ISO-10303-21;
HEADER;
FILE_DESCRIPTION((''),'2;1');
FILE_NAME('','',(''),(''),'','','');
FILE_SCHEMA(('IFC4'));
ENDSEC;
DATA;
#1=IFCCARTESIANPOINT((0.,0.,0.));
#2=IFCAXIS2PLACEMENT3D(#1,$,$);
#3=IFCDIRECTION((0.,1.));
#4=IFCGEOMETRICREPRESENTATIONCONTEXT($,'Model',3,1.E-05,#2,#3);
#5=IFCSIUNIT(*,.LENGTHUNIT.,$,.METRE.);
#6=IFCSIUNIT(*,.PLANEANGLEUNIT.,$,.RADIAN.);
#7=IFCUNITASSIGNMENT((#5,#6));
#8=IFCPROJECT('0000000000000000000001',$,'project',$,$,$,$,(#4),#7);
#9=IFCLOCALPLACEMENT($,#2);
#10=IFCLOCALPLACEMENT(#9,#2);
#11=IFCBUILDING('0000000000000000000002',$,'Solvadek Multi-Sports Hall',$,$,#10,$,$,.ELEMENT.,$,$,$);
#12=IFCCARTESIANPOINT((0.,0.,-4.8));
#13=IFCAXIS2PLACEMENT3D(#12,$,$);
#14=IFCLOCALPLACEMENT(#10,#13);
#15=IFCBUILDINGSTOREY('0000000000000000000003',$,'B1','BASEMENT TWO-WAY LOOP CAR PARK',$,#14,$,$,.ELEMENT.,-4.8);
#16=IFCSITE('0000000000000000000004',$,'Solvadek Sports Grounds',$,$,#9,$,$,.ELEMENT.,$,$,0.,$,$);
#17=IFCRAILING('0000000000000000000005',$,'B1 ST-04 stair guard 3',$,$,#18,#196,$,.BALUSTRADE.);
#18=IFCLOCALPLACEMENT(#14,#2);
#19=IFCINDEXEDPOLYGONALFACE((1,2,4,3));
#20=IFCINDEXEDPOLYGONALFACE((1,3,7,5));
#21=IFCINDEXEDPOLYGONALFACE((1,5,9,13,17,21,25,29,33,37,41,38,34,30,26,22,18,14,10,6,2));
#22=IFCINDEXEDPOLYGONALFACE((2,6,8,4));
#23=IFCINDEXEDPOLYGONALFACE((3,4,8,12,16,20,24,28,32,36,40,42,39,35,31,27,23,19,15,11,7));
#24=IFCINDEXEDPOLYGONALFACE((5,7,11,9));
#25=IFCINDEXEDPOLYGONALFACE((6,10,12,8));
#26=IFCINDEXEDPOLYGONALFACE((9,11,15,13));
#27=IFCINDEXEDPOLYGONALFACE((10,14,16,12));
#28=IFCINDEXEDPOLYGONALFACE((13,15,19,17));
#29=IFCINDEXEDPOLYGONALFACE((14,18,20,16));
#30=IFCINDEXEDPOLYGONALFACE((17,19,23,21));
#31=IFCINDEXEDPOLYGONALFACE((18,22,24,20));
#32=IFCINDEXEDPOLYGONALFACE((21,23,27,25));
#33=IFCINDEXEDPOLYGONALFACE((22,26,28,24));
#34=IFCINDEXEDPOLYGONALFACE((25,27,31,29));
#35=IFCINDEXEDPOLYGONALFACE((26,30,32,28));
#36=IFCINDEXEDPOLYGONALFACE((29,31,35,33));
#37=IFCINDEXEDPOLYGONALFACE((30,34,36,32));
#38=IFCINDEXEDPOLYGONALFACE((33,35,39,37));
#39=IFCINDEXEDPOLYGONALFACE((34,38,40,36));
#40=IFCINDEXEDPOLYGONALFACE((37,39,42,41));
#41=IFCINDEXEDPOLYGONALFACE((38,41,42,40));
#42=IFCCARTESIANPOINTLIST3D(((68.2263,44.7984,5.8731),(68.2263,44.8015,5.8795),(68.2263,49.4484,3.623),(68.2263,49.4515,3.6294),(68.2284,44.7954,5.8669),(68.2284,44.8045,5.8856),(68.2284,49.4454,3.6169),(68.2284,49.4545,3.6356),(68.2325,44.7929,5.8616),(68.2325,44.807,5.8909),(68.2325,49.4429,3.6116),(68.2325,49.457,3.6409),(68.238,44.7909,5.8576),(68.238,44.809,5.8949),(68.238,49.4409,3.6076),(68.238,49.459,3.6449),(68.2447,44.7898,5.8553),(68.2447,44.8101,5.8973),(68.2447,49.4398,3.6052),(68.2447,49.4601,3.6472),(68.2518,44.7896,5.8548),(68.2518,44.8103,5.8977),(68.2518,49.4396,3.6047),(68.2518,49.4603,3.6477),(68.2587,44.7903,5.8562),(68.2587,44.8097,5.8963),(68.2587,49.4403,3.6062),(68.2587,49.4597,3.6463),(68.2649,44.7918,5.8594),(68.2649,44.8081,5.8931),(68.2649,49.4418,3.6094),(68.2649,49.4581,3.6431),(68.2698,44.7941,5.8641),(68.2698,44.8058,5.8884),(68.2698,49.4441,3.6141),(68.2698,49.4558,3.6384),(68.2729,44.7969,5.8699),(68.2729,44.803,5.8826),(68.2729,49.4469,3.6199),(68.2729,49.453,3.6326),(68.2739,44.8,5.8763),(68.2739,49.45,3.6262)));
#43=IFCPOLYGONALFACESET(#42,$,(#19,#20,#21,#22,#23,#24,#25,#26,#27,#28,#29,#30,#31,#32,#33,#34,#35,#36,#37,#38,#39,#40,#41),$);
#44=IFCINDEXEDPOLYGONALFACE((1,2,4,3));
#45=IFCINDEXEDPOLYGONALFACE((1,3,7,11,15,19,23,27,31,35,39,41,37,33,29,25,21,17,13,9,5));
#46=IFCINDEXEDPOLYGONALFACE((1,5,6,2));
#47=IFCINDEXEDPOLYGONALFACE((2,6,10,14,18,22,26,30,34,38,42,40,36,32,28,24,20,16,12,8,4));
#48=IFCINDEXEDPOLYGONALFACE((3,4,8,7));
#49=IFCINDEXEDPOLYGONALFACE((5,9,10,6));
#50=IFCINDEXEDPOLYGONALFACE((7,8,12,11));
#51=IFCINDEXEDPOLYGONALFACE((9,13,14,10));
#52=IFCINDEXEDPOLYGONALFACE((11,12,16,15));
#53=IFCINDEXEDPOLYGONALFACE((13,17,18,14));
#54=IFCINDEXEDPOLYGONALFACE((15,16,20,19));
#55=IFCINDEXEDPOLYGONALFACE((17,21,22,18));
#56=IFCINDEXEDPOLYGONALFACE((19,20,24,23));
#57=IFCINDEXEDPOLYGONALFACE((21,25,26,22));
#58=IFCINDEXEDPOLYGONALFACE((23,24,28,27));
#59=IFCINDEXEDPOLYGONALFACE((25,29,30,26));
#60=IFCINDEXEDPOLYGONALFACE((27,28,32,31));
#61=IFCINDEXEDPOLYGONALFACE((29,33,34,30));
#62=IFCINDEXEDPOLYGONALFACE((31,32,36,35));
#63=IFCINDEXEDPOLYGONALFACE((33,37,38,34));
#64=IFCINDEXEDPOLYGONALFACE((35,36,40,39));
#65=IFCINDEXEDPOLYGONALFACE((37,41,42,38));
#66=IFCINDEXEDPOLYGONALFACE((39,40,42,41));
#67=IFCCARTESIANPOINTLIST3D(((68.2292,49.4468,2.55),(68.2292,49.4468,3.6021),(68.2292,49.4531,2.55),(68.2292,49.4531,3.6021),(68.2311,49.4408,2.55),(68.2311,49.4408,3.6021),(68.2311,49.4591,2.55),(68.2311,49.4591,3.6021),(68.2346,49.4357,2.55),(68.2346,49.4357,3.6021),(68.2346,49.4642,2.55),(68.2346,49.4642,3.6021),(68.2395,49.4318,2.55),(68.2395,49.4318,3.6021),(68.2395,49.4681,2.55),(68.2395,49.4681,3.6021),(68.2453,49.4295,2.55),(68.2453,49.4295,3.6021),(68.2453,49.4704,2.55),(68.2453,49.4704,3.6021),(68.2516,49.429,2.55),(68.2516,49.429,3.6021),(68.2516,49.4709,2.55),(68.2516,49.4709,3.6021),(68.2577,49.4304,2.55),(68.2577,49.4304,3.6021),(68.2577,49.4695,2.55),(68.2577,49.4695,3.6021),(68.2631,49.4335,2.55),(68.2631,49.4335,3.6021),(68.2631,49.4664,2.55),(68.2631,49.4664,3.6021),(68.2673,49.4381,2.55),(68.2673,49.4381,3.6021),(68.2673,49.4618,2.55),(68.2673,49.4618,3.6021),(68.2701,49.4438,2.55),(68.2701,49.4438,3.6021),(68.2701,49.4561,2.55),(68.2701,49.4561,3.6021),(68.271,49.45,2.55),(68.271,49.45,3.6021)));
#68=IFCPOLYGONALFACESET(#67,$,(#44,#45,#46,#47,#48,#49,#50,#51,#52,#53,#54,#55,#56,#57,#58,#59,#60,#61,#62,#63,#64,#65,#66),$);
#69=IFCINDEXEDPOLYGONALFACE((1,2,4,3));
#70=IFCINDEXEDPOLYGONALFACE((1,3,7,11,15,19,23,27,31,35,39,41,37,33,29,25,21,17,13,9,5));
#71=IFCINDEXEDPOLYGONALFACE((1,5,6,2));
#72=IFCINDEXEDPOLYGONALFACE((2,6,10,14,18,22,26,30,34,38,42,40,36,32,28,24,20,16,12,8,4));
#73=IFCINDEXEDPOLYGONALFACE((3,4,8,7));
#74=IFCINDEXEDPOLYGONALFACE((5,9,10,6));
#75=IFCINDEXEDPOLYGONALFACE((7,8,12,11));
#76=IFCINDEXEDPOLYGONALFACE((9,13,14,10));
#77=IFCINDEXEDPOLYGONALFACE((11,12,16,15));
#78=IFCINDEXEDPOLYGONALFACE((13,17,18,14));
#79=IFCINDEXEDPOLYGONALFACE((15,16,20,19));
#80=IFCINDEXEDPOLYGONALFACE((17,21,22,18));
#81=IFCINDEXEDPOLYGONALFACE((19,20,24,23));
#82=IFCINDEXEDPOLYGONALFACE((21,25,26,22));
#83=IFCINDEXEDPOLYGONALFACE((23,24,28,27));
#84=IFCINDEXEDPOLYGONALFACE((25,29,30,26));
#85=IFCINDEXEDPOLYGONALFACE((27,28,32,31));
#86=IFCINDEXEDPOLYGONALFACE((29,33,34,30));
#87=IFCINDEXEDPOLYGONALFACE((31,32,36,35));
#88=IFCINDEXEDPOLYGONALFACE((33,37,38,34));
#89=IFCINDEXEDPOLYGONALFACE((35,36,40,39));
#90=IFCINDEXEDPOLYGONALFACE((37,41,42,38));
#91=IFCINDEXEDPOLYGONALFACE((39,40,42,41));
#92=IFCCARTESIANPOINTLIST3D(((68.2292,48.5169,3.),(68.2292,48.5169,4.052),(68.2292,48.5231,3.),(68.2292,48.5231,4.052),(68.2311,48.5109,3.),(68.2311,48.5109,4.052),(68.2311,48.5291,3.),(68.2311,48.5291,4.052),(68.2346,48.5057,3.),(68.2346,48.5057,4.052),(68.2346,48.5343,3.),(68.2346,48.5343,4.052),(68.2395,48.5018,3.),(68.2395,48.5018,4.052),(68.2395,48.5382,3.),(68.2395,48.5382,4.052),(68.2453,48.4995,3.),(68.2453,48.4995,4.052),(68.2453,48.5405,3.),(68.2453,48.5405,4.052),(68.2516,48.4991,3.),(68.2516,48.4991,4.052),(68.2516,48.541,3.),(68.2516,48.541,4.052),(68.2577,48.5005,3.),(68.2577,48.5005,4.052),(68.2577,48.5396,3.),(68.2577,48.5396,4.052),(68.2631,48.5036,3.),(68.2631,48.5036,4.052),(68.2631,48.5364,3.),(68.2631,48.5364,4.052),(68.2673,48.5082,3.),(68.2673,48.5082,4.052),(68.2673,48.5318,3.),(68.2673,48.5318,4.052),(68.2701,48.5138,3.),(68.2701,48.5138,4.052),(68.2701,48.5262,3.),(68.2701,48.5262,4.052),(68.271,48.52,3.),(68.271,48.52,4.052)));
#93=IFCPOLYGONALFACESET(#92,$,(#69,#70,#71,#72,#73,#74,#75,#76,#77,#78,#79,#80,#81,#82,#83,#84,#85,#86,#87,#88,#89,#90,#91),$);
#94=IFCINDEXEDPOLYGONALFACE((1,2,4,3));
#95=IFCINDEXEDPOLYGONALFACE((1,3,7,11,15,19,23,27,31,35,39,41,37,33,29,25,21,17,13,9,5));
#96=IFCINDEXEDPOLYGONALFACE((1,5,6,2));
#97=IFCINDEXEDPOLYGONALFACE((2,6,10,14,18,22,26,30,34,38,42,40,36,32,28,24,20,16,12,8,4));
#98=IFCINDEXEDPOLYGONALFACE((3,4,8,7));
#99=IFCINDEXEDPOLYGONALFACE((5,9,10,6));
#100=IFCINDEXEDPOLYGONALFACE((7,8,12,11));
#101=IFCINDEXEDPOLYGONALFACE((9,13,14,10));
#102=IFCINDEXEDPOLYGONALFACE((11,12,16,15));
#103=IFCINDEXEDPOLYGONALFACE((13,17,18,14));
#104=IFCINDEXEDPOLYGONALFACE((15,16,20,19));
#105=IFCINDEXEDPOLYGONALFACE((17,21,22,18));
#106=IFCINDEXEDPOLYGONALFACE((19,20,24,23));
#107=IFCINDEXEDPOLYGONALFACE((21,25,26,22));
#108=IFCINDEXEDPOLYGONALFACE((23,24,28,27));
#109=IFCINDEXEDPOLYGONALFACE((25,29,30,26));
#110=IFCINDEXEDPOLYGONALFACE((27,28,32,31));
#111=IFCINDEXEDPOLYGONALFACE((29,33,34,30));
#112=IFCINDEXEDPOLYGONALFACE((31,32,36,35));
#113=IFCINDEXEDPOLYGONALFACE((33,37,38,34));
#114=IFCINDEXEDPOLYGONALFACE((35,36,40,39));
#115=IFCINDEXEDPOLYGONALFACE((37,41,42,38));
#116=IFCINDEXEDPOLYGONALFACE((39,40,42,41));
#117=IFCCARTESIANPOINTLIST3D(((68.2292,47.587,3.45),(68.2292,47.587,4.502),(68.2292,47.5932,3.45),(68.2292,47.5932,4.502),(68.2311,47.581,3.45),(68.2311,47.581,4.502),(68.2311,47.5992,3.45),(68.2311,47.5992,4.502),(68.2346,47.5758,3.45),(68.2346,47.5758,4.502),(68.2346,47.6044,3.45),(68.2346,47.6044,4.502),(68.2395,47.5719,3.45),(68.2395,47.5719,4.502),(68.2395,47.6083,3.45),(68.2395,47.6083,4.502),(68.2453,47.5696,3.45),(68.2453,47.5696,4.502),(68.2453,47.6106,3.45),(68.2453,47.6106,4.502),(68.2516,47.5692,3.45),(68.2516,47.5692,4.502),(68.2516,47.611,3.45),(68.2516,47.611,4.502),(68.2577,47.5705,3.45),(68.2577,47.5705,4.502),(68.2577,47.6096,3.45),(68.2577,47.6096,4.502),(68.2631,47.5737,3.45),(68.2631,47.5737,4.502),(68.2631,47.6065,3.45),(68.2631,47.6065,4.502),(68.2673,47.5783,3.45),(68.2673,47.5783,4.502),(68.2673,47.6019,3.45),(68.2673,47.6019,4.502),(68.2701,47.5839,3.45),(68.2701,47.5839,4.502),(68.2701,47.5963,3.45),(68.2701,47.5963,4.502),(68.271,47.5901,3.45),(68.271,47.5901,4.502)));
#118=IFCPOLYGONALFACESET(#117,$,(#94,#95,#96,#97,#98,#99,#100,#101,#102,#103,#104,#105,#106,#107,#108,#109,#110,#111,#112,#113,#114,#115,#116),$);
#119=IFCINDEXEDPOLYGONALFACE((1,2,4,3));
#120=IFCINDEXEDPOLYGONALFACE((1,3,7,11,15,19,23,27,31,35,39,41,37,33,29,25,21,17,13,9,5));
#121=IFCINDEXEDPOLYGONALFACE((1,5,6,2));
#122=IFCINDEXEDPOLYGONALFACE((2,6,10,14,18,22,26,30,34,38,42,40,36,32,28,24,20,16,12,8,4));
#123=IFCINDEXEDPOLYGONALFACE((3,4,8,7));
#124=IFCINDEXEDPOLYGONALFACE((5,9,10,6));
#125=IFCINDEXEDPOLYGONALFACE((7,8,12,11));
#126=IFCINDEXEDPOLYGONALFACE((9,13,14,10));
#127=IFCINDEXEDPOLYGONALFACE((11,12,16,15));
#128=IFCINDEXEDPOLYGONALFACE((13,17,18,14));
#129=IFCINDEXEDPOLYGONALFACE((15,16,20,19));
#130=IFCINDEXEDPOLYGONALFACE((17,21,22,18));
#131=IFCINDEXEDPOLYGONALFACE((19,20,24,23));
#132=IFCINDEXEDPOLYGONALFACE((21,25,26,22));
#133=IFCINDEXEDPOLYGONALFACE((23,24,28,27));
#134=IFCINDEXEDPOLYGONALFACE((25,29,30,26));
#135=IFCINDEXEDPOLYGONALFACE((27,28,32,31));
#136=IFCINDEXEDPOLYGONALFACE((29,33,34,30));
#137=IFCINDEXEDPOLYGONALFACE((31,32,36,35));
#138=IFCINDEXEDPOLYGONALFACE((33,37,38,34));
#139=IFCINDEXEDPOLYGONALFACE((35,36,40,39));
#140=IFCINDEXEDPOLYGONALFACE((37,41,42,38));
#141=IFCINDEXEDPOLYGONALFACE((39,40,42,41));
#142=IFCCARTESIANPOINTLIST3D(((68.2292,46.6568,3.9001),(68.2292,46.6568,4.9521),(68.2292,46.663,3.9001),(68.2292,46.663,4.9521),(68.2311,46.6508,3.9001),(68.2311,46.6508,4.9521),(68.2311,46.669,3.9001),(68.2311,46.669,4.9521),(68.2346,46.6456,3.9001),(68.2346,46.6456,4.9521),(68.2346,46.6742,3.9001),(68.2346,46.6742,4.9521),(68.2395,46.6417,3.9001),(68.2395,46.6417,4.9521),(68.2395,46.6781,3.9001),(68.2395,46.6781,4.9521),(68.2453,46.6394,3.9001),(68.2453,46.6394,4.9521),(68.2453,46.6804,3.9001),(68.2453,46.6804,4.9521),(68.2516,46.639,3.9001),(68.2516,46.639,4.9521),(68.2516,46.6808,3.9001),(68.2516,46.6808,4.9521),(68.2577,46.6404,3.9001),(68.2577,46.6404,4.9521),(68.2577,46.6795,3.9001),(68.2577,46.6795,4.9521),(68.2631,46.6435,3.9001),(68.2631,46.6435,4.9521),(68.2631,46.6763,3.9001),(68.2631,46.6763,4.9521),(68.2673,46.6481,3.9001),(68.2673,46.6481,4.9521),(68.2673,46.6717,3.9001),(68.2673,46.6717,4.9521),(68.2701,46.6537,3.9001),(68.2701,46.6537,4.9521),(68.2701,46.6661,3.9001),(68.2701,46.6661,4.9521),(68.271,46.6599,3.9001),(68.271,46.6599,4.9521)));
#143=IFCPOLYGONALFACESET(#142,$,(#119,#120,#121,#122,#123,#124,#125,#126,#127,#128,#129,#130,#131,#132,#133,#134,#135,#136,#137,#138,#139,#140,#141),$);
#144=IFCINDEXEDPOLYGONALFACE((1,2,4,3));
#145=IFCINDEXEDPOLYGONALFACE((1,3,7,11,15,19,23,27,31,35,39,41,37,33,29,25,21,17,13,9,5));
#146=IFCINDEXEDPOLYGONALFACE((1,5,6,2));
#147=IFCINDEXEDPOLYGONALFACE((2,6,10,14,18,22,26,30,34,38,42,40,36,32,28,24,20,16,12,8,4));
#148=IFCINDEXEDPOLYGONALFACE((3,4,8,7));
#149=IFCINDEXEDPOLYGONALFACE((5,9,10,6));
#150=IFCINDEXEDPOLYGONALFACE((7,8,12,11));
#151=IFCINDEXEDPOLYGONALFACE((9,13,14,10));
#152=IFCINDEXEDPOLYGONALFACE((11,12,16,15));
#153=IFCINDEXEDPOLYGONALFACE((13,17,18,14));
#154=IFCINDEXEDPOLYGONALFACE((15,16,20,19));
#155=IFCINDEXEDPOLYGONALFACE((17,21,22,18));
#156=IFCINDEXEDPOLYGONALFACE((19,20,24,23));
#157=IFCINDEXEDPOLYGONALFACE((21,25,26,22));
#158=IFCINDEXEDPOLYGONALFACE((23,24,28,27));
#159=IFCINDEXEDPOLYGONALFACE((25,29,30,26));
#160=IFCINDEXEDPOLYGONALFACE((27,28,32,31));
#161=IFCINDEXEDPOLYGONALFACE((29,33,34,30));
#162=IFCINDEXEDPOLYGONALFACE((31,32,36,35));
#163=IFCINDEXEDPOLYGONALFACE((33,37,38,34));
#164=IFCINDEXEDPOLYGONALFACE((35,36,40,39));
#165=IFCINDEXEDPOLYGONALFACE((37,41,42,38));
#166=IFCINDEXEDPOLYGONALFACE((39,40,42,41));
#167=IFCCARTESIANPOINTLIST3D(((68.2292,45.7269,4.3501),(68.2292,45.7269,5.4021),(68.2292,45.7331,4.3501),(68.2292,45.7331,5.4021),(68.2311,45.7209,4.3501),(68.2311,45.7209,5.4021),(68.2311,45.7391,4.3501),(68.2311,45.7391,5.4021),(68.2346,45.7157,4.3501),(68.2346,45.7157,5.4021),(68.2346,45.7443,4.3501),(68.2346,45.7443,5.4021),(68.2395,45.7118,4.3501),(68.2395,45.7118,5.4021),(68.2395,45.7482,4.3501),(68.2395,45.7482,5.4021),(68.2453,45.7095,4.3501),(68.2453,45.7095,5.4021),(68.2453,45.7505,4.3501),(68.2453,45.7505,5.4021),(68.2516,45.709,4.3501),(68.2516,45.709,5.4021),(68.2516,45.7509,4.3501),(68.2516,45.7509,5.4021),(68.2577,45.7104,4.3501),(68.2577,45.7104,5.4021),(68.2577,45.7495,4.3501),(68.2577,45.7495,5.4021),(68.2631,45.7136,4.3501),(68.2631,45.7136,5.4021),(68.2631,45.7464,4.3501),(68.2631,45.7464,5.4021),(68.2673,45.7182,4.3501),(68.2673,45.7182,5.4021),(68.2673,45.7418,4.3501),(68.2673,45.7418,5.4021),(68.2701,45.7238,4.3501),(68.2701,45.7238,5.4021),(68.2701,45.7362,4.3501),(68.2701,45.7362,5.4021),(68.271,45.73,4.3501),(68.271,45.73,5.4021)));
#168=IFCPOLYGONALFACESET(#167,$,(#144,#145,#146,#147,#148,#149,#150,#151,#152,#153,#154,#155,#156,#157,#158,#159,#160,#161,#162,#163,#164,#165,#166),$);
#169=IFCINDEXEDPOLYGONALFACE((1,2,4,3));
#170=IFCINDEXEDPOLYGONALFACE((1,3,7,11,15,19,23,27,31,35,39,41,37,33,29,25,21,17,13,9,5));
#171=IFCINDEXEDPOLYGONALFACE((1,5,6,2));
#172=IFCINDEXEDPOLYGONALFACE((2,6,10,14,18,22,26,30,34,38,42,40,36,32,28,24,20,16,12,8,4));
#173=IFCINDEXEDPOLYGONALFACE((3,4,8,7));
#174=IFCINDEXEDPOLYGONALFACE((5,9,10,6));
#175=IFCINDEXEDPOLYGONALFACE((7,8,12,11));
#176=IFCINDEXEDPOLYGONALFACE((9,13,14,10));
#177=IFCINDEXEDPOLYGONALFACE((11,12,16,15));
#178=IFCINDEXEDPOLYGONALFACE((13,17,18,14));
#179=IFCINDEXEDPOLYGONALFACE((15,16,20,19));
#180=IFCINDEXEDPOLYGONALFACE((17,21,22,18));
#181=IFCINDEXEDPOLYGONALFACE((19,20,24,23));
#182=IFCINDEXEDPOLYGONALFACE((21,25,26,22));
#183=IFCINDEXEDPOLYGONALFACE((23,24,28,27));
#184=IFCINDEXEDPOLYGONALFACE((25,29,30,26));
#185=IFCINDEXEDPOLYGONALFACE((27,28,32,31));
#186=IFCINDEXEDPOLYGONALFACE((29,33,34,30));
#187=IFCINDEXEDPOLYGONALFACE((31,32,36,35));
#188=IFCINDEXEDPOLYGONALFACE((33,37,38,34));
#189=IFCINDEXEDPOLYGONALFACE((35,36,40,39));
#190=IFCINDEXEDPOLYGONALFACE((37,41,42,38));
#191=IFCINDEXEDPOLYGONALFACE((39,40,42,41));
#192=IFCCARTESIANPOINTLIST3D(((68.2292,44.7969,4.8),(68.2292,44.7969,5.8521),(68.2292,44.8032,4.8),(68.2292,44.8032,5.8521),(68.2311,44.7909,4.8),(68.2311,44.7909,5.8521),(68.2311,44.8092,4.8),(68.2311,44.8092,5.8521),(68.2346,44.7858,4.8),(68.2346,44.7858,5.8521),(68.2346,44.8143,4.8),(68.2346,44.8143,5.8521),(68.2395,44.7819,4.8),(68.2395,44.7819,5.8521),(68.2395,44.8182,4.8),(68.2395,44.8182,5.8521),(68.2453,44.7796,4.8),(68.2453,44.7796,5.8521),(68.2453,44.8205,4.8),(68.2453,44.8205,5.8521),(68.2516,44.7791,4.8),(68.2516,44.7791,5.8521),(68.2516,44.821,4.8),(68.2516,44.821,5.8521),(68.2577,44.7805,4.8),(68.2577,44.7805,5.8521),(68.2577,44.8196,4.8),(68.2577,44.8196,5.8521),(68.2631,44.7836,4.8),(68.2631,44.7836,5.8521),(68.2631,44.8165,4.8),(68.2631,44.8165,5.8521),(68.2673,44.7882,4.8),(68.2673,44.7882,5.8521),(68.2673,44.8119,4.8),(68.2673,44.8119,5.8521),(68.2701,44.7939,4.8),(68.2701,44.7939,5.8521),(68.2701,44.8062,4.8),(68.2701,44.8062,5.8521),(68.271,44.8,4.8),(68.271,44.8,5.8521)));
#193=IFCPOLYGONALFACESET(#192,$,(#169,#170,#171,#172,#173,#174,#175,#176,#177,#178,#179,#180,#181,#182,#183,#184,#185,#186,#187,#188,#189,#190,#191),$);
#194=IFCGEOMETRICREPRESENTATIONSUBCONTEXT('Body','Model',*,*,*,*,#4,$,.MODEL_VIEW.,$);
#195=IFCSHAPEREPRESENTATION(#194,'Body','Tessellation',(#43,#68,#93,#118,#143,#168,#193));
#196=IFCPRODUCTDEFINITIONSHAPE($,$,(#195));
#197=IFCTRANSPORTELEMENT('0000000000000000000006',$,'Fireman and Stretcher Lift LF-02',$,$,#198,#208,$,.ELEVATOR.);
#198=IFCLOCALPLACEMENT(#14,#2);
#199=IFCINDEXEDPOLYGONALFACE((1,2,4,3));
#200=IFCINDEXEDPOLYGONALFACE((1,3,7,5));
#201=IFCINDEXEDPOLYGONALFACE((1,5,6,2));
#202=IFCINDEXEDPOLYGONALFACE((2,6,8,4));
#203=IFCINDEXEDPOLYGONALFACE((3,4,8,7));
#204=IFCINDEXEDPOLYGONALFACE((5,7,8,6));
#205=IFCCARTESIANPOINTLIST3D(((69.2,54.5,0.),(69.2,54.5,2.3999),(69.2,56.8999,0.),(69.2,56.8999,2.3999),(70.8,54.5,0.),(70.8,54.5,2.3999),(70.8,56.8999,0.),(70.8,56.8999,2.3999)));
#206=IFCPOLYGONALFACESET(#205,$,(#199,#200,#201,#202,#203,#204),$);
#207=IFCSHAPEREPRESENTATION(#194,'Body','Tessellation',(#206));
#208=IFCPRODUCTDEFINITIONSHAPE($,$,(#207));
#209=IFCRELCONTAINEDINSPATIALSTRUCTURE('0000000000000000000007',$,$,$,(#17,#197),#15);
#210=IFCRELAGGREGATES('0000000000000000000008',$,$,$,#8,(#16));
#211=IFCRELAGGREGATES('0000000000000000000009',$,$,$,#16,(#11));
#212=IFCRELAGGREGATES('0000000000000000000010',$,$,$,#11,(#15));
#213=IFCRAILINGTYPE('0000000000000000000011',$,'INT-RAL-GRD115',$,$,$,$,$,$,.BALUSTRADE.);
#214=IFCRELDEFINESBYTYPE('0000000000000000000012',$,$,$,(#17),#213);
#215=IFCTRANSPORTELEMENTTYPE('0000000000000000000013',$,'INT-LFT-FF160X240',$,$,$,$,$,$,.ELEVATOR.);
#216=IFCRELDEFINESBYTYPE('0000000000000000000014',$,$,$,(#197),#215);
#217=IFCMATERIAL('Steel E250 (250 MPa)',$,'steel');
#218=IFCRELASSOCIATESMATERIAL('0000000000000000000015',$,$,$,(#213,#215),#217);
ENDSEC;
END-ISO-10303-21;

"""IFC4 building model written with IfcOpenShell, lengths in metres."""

from ifc_helpers import new_model, si_unit, direction, frame, origin, origin_2d, place, context, subcontext, project, spatial, rectangle, circle, extrude, material, type_object, element, save


model = new_model("IFC4")

# Units and contexts
model_context = context("Model", 3, precision=1e-05, world=origin(), true_north=direction((0.0, 1.0)))
body_context = subcontext(model_context, "Body", "Model", "MODEL_VIEW")
ifc_project = project(units=[si_unit("LENGTHUNIT", "METRE"), si_unit("PLANEANGLEUNIT", "RADIAN")], contexts=[model_context])

# Site, building, storey
site_placement = place(None, origin())
site = spatial("IfcSite", under=ifc_project, at=site_placement, Name="Solvadek Sports Grounds", CompositionType="ELEMENT", RefElevation=0.0)
building_placement = place(site_placement, origin())
building = spatial("IfcBuilding", under=site, at=building_placement, Name="Solvadek Multi-Sports Hall", CompositionType="ELEMENT")
storey_placement = place(building_placement, frame((0.0, 0.0, -4.8)))
storey = spatial("IfcBuildingStorey", under=building, at=storey_placement, Name="B1", Description="BASEMENT TWO-WAY LOOP CAR PARK", CompositionType="ELEMENT", Elevation=-4.8)

# Railing
ifc_material_1 = material(Name="Steel E250 (250 MPa)", Category="steel")
railing_type = type_object("IfcRailingType", Name="INT-RAL-GRD115", PredefinedType="BALUSTRADE", material=ifc_material_1)
railing_1_placement = place(storey_placement, frame((68.25, 49.45, 2.55)))
element("IfcRailing", 1, at=railing_1_placement, inside=storey, type_object=railing_type, Name="B1 ST-04 stair guard 3", PredefinedType="BALUSTRADE", context=body_context, shape_type="SweptSolid", body=[
    extrude(circle(Radius=0.0239, at=origin_2d()), frame((0.0, 0.0, 1.0762), z_axis=(0.0, -0.900156, 0.435568), x_axis=(1.0, 0.0, 0.0)), (0.0, 0.0, 1.0), 5.1658),
    extrude(circle(Radius=0.021, at=origin_2d()), origin(), (0.0, 0.0, 1.0), 1.052),
    extrude(circle(Radius=0.021, at=origin_2d()), frame((0.0, -0.9299, 0.45)), (0.0, 0.0, 1.0), 1.052),
    extrude(circle(Radius=0.021, at=origin_2d()), frame((0.0, -1.8599, 0.8999)), (0.0, 0.0, 1.0), 1.052),
    extrude(circle(Radius=0.021, at=origin_2d()), frame((0.0, -2.79, 1.3501)), (0.0, 0.0, 1.0), 1.052),
    extrude(circle(Radius=0.021, at=origin_2d()), frame((0.0, -3.72, 1.8)), (0.0, 0.0, 1.0), 1.052),
    extrude(circle(Radius=0.021, at=origin_2d()), frame((0.0, -4.6499, 2.25)), (0.0, 0.0, 1.0), 1.052),
])

# Transport element
transport_element_type = type_object("IfcTransportElementType", Name="INT-LFT-FF160X240", PredefinedType="ELEVATOR", material=ifc_material_1)
transport_element_placement = place(storey_placement, frame((70.0, 55.7, 0.0), z_axis=(0.0, 0.0, 1.0), x_axis=(1.0, 0.0, 0.0)))
element("IfcTransportElement", 2, at=transport_element_placement, inside=storey, type_object=transport_element_type, Name="Fireman and Stretcher Lift LF-02", PredefinedType="ELEVATOR", context=body_context, shape_type="SweptSolid", body=[
    extrude(rectangle(XDim=1.6001, YDim=2.3999, at=origin_2d()), origin(), (0.0, 0.0, 1.0), 2.3999),
])

save(model, "model.ifc")
